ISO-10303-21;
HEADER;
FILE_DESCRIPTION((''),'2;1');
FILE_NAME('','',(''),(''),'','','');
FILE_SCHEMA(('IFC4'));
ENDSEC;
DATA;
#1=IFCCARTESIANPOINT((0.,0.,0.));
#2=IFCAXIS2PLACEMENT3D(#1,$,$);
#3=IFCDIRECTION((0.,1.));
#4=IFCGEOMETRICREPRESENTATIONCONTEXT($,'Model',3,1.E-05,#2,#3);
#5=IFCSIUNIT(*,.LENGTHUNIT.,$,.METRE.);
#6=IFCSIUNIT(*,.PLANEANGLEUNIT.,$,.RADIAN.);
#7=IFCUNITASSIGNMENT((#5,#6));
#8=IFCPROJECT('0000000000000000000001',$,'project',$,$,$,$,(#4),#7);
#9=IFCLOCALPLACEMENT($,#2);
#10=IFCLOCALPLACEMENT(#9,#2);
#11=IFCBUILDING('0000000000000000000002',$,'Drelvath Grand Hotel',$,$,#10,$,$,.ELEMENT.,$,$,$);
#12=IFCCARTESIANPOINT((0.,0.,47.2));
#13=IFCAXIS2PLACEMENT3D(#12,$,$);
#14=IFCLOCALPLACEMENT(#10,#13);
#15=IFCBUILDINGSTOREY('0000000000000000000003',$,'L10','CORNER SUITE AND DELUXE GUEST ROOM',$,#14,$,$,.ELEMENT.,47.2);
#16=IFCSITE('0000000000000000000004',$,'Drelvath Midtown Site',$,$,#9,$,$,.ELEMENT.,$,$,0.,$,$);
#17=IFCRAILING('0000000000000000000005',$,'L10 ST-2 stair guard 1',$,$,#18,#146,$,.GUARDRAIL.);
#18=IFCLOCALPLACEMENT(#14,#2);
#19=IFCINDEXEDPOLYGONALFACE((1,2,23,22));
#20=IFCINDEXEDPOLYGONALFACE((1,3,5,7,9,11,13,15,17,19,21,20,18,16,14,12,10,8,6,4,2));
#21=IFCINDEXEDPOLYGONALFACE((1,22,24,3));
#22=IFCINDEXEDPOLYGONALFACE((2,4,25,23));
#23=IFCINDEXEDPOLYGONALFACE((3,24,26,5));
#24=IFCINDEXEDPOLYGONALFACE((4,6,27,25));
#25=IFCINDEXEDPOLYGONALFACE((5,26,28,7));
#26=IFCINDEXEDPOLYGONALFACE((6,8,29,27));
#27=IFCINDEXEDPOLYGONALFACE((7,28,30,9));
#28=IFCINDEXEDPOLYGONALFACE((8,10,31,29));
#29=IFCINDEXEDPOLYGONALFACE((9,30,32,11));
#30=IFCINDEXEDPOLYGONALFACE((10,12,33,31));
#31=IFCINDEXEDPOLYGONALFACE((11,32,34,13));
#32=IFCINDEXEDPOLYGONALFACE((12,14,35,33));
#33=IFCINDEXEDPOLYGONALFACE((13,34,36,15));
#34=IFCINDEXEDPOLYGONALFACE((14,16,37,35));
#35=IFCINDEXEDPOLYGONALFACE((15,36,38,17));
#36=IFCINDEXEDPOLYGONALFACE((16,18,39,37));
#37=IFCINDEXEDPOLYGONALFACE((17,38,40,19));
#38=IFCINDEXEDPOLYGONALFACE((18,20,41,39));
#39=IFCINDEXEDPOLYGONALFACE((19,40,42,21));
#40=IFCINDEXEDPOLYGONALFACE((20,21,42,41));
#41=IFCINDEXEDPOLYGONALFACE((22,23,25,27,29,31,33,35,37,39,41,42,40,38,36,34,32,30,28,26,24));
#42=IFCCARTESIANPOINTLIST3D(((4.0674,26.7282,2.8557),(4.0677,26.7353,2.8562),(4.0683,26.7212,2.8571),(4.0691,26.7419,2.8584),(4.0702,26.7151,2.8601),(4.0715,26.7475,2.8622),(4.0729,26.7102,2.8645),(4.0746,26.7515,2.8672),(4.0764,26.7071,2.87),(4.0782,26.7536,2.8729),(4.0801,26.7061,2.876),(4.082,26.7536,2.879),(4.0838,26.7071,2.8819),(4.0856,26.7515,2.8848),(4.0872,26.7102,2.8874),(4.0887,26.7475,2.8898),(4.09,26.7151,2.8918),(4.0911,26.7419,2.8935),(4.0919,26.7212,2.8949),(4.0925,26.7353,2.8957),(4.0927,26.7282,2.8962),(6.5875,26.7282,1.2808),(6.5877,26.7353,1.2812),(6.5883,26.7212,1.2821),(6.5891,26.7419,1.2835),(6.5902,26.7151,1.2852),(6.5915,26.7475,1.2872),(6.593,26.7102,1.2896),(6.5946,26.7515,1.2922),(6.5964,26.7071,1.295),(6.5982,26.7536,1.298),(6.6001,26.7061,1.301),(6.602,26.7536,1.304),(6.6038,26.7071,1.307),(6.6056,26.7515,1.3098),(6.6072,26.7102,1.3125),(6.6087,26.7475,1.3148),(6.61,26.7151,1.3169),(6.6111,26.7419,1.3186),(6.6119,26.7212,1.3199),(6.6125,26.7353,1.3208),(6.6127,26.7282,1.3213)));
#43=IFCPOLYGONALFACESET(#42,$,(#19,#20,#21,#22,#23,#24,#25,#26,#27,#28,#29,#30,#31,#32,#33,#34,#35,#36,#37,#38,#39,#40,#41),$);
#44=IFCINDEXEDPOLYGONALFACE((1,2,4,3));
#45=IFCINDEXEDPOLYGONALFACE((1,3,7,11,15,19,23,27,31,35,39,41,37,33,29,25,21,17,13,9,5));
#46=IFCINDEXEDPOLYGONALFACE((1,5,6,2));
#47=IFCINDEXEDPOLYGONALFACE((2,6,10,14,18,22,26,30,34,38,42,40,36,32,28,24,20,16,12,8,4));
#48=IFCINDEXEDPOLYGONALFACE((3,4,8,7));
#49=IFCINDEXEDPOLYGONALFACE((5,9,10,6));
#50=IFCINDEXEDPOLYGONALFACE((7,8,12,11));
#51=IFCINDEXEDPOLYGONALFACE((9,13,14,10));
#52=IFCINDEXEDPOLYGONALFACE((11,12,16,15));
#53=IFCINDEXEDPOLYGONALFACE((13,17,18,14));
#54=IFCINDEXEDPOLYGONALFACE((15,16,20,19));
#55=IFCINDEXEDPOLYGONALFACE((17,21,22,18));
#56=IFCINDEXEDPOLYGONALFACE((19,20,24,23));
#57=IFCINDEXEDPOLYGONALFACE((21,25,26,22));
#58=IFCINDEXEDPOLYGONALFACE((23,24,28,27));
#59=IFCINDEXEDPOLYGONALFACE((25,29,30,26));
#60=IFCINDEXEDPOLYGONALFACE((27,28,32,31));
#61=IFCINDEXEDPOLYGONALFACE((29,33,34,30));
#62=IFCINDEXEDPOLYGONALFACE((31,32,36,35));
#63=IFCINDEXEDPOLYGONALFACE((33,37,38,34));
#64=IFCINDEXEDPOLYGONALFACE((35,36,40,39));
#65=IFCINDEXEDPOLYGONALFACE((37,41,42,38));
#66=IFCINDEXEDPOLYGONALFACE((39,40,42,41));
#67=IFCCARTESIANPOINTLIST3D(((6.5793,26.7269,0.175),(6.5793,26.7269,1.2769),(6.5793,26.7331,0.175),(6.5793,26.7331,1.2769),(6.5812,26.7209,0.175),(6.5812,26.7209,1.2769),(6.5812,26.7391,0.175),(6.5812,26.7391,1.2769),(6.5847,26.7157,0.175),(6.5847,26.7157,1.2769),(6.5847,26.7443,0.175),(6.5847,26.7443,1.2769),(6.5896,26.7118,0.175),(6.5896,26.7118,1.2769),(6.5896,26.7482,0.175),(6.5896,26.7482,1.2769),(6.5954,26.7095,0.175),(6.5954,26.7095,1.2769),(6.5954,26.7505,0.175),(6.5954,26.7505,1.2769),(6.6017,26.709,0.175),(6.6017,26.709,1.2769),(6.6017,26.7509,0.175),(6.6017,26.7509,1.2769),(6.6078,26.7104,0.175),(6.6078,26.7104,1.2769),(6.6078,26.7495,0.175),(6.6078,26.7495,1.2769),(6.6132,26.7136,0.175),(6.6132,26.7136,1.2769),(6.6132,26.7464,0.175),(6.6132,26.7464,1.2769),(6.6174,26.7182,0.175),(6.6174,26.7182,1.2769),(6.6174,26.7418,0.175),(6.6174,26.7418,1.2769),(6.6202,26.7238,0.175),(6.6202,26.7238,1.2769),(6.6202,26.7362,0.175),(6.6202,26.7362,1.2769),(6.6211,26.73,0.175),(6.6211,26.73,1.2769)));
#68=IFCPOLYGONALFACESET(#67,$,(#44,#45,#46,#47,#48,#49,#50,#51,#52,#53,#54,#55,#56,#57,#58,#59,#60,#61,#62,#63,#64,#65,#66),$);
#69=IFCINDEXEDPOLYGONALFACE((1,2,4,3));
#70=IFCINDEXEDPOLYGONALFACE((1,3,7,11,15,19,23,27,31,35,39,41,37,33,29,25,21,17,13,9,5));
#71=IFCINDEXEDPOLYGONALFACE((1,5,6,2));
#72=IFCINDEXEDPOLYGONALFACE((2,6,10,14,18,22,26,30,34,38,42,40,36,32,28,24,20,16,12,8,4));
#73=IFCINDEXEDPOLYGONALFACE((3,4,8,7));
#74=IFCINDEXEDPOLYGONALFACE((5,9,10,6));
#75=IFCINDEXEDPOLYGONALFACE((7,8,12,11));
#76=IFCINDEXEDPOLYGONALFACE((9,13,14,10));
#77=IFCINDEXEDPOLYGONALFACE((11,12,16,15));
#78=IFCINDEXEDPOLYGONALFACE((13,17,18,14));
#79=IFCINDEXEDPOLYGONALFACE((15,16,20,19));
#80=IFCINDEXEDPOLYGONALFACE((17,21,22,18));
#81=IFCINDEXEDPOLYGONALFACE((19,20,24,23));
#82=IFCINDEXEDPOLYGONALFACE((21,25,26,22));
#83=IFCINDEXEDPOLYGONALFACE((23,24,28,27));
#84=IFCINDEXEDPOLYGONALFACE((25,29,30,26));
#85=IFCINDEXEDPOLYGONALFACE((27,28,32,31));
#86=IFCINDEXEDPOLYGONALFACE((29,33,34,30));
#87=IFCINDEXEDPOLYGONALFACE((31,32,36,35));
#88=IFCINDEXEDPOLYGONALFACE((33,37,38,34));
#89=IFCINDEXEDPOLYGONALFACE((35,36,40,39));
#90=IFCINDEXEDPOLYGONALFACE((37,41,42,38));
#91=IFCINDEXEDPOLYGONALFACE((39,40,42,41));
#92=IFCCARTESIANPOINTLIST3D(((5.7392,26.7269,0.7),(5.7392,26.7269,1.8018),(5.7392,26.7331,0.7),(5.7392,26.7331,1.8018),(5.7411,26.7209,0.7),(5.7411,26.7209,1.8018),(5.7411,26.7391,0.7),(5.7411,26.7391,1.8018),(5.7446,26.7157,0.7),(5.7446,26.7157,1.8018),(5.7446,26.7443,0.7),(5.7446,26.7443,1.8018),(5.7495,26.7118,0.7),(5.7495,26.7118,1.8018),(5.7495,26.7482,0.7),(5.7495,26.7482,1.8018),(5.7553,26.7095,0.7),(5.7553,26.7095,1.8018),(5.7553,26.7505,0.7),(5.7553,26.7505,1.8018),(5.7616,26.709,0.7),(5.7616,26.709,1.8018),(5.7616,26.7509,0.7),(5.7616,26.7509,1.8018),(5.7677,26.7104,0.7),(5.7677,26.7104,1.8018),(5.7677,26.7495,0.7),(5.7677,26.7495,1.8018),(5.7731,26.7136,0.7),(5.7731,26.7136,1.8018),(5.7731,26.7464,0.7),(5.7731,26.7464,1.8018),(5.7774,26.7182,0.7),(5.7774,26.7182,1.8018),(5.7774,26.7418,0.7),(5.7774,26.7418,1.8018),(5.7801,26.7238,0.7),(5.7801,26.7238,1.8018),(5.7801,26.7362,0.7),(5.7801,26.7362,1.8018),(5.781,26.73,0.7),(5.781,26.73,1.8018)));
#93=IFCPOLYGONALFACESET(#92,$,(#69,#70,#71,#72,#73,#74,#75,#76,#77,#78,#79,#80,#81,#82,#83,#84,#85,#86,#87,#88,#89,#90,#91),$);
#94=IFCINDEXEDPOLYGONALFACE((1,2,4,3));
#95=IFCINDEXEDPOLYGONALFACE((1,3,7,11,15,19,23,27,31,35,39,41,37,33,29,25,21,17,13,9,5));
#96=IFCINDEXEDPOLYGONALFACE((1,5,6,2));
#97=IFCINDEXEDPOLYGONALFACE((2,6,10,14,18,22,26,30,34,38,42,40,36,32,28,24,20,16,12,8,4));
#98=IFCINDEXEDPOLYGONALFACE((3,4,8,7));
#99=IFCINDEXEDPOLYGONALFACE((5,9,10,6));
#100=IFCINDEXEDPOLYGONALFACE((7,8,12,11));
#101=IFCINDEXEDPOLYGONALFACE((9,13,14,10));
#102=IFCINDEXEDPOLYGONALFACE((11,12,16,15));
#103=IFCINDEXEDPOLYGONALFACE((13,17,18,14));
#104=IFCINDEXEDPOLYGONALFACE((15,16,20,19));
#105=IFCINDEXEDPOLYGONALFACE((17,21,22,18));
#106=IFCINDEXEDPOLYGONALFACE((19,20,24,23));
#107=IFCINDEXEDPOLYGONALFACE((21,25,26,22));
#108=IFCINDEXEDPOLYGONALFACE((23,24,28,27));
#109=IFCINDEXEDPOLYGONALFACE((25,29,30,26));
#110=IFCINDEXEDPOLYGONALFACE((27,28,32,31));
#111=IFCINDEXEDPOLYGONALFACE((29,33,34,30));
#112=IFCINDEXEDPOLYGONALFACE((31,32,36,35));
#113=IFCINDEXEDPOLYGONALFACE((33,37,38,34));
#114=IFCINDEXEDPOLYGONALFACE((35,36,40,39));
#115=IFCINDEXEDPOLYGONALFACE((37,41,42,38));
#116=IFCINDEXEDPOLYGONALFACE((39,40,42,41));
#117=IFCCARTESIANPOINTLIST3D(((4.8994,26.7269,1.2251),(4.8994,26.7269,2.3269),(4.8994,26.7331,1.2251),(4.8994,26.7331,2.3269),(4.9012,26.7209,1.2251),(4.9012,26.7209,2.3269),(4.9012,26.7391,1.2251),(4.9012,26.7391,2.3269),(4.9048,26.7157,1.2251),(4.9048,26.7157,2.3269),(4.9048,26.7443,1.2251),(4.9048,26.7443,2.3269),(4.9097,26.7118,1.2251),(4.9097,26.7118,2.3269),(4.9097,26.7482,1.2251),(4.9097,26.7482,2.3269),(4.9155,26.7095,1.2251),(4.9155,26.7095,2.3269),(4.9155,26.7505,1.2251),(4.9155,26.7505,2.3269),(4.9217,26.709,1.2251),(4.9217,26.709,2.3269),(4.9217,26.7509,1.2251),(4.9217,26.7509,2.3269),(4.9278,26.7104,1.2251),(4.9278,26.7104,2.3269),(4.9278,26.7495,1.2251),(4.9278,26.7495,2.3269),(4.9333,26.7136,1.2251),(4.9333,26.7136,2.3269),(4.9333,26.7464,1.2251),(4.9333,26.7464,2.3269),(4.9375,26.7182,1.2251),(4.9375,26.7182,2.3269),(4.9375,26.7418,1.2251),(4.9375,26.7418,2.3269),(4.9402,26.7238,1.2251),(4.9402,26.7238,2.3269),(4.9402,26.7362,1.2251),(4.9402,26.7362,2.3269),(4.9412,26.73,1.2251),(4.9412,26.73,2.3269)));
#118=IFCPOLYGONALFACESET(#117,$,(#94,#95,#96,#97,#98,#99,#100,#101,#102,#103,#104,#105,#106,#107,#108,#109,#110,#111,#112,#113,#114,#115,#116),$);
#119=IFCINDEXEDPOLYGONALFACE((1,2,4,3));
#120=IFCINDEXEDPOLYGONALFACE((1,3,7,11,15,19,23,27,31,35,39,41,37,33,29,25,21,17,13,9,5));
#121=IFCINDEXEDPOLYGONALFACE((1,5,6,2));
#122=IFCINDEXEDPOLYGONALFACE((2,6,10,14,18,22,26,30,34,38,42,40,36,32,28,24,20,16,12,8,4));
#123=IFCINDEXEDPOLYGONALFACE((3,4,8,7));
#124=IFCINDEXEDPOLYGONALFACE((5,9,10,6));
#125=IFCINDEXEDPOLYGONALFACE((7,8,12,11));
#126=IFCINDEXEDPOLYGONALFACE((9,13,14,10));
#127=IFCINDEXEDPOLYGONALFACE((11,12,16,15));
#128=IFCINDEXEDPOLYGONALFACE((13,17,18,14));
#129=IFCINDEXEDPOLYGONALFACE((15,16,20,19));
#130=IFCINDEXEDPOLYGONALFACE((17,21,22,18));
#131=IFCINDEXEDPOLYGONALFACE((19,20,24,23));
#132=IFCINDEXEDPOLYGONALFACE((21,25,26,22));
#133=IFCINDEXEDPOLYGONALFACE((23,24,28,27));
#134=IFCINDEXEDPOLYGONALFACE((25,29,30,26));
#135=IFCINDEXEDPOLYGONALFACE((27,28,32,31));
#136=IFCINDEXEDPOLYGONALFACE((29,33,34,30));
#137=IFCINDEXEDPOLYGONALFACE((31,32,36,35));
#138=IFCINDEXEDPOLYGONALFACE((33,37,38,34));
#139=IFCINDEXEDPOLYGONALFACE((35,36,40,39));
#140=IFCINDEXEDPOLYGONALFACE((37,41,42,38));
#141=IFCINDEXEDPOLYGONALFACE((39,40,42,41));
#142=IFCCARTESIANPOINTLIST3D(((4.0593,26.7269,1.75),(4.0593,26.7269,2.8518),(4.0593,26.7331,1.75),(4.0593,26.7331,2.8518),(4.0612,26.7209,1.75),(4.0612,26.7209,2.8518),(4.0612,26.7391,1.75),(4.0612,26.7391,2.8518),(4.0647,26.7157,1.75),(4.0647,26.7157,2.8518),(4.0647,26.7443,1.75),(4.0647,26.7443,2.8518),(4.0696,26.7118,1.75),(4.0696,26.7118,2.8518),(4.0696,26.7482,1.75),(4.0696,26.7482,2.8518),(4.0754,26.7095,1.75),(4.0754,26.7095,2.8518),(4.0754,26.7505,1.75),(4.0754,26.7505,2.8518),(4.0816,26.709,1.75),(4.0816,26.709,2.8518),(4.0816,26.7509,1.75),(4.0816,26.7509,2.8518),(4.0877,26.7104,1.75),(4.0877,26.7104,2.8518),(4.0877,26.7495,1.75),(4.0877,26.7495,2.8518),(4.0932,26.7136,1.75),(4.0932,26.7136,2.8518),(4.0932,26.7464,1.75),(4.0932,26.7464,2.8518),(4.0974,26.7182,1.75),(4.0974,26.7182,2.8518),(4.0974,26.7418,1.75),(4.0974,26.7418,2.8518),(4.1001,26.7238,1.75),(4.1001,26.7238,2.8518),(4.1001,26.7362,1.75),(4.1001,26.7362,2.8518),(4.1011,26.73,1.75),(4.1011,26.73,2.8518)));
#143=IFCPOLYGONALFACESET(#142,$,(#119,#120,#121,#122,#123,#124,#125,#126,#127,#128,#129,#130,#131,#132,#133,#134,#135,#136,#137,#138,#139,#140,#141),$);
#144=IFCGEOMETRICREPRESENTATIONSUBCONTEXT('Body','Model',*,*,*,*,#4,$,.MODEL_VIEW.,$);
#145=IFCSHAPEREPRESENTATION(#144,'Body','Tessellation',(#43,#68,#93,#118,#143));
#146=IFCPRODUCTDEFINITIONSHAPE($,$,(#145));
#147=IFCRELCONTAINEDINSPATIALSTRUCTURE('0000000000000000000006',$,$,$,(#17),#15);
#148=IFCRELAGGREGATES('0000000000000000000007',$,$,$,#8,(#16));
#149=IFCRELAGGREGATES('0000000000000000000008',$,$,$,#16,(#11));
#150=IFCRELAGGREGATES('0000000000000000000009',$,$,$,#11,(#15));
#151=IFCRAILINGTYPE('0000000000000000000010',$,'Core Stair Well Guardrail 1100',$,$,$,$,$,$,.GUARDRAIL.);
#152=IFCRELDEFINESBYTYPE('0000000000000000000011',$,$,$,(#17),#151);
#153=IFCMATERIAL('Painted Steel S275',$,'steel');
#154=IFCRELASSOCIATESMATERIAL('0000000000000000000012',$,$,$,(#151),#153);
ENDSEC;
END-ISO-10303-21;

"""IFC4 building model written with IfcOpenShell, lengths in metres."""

from ifc_helpers import new_model, si_unit, direction, frame, origin, origin_2d, place, context, subcontext, project, spatial, circle, extrude, material, type_object, element, save


model = new_model("IFC4")

# Units and contexts
model_context = context("Model", 3, precision=1e-05, world=origin(), true_north=direction((0.0, 1.0)))
body_context = subcontext(model_context, "Body", "Model", "MODEL_VIEW")
ifc_project = project(units=[si_unit("LENGTHUNIT", "METRE"), si_unit("PLANEANGLEUNIT", "RADIAN")], contexts=[model_context])

# Site, building, storey
site_placement = place(None, origin())
site = spatial("IfcSite", under=ifc_project, at=site_placement, Name="Drelvath Midtown Site", CompositionType="ELEMENT", RefElevation=0.0)
building_placement = place(site_placement, origin())
building = spatial("IfcBuilding", under=site, at=building_placement, Name="Drelvath Grand Hotel", CompositionType="ELEMENT")
storey_placement = place(building_placement, frame((0.0, 0.0, 47.2)))
storey = spatial("IfcBuildingStorey", under=building, at=storey_placement, Name="L10", Description="CORNER SUITE AND DELUXE GUEST ROOM", CompositionType="ELEMENT", Elevation=47.2)

# Shared definitions
ifc_material_1 = material(Name="Painted Steel S275", Category="steel")

# Railing
railing_type_1 = type_object("IfcRailingType", Name="Core Stair Well Guardrail 1100", PredefinedType="GUARDRAIL", material=ifc_material_1)
railing_1_placement = place(storey_placement, frame((6.6001, 26.73, 0.175)))
element("IfcRailing", 1, at=railing_1_placement, inside=storey, type_object=railing_type_1, Name="L10 ST-2 stair guard 1", PredefinedType="GUARDRAIL", context=body_context, shape_type="SweptSolid", body=[
    extrude(circle(Radius=0.0239, at=origin_2d()), frame((0.0, 0.0, 1.126), z_axis=(-0.848008, 0.0, 0.529984), x_axis=(0.0, -1.0, 0.0)), (0.0, 0.0, 1.0), 2.9717),
    extrude(circle(Radius=0.021, at=origin_2d()), origin(), (0.0, 0.0, 1.0), 1.1018),
    extrude(circle(Radius=0.021, at=origin_2d()), frame((-0.8401, 0.0, 0.5249)), (0.0, 0.0, 1.0), 1.1018),
    extrude(circle(Radius=0.021, at=origin_2d()), frame((-1.6799, 0.0, 1.05)), (0.0, 0.0, 1.0), 1.1018),
    extrude(circle(Radius=0.021, at=origin_2d()), frame((-2.52, 0.0, 1.575)), (0.0, 0.0, 1.0), 1.1018),
])

save(model, "model.ifc")
